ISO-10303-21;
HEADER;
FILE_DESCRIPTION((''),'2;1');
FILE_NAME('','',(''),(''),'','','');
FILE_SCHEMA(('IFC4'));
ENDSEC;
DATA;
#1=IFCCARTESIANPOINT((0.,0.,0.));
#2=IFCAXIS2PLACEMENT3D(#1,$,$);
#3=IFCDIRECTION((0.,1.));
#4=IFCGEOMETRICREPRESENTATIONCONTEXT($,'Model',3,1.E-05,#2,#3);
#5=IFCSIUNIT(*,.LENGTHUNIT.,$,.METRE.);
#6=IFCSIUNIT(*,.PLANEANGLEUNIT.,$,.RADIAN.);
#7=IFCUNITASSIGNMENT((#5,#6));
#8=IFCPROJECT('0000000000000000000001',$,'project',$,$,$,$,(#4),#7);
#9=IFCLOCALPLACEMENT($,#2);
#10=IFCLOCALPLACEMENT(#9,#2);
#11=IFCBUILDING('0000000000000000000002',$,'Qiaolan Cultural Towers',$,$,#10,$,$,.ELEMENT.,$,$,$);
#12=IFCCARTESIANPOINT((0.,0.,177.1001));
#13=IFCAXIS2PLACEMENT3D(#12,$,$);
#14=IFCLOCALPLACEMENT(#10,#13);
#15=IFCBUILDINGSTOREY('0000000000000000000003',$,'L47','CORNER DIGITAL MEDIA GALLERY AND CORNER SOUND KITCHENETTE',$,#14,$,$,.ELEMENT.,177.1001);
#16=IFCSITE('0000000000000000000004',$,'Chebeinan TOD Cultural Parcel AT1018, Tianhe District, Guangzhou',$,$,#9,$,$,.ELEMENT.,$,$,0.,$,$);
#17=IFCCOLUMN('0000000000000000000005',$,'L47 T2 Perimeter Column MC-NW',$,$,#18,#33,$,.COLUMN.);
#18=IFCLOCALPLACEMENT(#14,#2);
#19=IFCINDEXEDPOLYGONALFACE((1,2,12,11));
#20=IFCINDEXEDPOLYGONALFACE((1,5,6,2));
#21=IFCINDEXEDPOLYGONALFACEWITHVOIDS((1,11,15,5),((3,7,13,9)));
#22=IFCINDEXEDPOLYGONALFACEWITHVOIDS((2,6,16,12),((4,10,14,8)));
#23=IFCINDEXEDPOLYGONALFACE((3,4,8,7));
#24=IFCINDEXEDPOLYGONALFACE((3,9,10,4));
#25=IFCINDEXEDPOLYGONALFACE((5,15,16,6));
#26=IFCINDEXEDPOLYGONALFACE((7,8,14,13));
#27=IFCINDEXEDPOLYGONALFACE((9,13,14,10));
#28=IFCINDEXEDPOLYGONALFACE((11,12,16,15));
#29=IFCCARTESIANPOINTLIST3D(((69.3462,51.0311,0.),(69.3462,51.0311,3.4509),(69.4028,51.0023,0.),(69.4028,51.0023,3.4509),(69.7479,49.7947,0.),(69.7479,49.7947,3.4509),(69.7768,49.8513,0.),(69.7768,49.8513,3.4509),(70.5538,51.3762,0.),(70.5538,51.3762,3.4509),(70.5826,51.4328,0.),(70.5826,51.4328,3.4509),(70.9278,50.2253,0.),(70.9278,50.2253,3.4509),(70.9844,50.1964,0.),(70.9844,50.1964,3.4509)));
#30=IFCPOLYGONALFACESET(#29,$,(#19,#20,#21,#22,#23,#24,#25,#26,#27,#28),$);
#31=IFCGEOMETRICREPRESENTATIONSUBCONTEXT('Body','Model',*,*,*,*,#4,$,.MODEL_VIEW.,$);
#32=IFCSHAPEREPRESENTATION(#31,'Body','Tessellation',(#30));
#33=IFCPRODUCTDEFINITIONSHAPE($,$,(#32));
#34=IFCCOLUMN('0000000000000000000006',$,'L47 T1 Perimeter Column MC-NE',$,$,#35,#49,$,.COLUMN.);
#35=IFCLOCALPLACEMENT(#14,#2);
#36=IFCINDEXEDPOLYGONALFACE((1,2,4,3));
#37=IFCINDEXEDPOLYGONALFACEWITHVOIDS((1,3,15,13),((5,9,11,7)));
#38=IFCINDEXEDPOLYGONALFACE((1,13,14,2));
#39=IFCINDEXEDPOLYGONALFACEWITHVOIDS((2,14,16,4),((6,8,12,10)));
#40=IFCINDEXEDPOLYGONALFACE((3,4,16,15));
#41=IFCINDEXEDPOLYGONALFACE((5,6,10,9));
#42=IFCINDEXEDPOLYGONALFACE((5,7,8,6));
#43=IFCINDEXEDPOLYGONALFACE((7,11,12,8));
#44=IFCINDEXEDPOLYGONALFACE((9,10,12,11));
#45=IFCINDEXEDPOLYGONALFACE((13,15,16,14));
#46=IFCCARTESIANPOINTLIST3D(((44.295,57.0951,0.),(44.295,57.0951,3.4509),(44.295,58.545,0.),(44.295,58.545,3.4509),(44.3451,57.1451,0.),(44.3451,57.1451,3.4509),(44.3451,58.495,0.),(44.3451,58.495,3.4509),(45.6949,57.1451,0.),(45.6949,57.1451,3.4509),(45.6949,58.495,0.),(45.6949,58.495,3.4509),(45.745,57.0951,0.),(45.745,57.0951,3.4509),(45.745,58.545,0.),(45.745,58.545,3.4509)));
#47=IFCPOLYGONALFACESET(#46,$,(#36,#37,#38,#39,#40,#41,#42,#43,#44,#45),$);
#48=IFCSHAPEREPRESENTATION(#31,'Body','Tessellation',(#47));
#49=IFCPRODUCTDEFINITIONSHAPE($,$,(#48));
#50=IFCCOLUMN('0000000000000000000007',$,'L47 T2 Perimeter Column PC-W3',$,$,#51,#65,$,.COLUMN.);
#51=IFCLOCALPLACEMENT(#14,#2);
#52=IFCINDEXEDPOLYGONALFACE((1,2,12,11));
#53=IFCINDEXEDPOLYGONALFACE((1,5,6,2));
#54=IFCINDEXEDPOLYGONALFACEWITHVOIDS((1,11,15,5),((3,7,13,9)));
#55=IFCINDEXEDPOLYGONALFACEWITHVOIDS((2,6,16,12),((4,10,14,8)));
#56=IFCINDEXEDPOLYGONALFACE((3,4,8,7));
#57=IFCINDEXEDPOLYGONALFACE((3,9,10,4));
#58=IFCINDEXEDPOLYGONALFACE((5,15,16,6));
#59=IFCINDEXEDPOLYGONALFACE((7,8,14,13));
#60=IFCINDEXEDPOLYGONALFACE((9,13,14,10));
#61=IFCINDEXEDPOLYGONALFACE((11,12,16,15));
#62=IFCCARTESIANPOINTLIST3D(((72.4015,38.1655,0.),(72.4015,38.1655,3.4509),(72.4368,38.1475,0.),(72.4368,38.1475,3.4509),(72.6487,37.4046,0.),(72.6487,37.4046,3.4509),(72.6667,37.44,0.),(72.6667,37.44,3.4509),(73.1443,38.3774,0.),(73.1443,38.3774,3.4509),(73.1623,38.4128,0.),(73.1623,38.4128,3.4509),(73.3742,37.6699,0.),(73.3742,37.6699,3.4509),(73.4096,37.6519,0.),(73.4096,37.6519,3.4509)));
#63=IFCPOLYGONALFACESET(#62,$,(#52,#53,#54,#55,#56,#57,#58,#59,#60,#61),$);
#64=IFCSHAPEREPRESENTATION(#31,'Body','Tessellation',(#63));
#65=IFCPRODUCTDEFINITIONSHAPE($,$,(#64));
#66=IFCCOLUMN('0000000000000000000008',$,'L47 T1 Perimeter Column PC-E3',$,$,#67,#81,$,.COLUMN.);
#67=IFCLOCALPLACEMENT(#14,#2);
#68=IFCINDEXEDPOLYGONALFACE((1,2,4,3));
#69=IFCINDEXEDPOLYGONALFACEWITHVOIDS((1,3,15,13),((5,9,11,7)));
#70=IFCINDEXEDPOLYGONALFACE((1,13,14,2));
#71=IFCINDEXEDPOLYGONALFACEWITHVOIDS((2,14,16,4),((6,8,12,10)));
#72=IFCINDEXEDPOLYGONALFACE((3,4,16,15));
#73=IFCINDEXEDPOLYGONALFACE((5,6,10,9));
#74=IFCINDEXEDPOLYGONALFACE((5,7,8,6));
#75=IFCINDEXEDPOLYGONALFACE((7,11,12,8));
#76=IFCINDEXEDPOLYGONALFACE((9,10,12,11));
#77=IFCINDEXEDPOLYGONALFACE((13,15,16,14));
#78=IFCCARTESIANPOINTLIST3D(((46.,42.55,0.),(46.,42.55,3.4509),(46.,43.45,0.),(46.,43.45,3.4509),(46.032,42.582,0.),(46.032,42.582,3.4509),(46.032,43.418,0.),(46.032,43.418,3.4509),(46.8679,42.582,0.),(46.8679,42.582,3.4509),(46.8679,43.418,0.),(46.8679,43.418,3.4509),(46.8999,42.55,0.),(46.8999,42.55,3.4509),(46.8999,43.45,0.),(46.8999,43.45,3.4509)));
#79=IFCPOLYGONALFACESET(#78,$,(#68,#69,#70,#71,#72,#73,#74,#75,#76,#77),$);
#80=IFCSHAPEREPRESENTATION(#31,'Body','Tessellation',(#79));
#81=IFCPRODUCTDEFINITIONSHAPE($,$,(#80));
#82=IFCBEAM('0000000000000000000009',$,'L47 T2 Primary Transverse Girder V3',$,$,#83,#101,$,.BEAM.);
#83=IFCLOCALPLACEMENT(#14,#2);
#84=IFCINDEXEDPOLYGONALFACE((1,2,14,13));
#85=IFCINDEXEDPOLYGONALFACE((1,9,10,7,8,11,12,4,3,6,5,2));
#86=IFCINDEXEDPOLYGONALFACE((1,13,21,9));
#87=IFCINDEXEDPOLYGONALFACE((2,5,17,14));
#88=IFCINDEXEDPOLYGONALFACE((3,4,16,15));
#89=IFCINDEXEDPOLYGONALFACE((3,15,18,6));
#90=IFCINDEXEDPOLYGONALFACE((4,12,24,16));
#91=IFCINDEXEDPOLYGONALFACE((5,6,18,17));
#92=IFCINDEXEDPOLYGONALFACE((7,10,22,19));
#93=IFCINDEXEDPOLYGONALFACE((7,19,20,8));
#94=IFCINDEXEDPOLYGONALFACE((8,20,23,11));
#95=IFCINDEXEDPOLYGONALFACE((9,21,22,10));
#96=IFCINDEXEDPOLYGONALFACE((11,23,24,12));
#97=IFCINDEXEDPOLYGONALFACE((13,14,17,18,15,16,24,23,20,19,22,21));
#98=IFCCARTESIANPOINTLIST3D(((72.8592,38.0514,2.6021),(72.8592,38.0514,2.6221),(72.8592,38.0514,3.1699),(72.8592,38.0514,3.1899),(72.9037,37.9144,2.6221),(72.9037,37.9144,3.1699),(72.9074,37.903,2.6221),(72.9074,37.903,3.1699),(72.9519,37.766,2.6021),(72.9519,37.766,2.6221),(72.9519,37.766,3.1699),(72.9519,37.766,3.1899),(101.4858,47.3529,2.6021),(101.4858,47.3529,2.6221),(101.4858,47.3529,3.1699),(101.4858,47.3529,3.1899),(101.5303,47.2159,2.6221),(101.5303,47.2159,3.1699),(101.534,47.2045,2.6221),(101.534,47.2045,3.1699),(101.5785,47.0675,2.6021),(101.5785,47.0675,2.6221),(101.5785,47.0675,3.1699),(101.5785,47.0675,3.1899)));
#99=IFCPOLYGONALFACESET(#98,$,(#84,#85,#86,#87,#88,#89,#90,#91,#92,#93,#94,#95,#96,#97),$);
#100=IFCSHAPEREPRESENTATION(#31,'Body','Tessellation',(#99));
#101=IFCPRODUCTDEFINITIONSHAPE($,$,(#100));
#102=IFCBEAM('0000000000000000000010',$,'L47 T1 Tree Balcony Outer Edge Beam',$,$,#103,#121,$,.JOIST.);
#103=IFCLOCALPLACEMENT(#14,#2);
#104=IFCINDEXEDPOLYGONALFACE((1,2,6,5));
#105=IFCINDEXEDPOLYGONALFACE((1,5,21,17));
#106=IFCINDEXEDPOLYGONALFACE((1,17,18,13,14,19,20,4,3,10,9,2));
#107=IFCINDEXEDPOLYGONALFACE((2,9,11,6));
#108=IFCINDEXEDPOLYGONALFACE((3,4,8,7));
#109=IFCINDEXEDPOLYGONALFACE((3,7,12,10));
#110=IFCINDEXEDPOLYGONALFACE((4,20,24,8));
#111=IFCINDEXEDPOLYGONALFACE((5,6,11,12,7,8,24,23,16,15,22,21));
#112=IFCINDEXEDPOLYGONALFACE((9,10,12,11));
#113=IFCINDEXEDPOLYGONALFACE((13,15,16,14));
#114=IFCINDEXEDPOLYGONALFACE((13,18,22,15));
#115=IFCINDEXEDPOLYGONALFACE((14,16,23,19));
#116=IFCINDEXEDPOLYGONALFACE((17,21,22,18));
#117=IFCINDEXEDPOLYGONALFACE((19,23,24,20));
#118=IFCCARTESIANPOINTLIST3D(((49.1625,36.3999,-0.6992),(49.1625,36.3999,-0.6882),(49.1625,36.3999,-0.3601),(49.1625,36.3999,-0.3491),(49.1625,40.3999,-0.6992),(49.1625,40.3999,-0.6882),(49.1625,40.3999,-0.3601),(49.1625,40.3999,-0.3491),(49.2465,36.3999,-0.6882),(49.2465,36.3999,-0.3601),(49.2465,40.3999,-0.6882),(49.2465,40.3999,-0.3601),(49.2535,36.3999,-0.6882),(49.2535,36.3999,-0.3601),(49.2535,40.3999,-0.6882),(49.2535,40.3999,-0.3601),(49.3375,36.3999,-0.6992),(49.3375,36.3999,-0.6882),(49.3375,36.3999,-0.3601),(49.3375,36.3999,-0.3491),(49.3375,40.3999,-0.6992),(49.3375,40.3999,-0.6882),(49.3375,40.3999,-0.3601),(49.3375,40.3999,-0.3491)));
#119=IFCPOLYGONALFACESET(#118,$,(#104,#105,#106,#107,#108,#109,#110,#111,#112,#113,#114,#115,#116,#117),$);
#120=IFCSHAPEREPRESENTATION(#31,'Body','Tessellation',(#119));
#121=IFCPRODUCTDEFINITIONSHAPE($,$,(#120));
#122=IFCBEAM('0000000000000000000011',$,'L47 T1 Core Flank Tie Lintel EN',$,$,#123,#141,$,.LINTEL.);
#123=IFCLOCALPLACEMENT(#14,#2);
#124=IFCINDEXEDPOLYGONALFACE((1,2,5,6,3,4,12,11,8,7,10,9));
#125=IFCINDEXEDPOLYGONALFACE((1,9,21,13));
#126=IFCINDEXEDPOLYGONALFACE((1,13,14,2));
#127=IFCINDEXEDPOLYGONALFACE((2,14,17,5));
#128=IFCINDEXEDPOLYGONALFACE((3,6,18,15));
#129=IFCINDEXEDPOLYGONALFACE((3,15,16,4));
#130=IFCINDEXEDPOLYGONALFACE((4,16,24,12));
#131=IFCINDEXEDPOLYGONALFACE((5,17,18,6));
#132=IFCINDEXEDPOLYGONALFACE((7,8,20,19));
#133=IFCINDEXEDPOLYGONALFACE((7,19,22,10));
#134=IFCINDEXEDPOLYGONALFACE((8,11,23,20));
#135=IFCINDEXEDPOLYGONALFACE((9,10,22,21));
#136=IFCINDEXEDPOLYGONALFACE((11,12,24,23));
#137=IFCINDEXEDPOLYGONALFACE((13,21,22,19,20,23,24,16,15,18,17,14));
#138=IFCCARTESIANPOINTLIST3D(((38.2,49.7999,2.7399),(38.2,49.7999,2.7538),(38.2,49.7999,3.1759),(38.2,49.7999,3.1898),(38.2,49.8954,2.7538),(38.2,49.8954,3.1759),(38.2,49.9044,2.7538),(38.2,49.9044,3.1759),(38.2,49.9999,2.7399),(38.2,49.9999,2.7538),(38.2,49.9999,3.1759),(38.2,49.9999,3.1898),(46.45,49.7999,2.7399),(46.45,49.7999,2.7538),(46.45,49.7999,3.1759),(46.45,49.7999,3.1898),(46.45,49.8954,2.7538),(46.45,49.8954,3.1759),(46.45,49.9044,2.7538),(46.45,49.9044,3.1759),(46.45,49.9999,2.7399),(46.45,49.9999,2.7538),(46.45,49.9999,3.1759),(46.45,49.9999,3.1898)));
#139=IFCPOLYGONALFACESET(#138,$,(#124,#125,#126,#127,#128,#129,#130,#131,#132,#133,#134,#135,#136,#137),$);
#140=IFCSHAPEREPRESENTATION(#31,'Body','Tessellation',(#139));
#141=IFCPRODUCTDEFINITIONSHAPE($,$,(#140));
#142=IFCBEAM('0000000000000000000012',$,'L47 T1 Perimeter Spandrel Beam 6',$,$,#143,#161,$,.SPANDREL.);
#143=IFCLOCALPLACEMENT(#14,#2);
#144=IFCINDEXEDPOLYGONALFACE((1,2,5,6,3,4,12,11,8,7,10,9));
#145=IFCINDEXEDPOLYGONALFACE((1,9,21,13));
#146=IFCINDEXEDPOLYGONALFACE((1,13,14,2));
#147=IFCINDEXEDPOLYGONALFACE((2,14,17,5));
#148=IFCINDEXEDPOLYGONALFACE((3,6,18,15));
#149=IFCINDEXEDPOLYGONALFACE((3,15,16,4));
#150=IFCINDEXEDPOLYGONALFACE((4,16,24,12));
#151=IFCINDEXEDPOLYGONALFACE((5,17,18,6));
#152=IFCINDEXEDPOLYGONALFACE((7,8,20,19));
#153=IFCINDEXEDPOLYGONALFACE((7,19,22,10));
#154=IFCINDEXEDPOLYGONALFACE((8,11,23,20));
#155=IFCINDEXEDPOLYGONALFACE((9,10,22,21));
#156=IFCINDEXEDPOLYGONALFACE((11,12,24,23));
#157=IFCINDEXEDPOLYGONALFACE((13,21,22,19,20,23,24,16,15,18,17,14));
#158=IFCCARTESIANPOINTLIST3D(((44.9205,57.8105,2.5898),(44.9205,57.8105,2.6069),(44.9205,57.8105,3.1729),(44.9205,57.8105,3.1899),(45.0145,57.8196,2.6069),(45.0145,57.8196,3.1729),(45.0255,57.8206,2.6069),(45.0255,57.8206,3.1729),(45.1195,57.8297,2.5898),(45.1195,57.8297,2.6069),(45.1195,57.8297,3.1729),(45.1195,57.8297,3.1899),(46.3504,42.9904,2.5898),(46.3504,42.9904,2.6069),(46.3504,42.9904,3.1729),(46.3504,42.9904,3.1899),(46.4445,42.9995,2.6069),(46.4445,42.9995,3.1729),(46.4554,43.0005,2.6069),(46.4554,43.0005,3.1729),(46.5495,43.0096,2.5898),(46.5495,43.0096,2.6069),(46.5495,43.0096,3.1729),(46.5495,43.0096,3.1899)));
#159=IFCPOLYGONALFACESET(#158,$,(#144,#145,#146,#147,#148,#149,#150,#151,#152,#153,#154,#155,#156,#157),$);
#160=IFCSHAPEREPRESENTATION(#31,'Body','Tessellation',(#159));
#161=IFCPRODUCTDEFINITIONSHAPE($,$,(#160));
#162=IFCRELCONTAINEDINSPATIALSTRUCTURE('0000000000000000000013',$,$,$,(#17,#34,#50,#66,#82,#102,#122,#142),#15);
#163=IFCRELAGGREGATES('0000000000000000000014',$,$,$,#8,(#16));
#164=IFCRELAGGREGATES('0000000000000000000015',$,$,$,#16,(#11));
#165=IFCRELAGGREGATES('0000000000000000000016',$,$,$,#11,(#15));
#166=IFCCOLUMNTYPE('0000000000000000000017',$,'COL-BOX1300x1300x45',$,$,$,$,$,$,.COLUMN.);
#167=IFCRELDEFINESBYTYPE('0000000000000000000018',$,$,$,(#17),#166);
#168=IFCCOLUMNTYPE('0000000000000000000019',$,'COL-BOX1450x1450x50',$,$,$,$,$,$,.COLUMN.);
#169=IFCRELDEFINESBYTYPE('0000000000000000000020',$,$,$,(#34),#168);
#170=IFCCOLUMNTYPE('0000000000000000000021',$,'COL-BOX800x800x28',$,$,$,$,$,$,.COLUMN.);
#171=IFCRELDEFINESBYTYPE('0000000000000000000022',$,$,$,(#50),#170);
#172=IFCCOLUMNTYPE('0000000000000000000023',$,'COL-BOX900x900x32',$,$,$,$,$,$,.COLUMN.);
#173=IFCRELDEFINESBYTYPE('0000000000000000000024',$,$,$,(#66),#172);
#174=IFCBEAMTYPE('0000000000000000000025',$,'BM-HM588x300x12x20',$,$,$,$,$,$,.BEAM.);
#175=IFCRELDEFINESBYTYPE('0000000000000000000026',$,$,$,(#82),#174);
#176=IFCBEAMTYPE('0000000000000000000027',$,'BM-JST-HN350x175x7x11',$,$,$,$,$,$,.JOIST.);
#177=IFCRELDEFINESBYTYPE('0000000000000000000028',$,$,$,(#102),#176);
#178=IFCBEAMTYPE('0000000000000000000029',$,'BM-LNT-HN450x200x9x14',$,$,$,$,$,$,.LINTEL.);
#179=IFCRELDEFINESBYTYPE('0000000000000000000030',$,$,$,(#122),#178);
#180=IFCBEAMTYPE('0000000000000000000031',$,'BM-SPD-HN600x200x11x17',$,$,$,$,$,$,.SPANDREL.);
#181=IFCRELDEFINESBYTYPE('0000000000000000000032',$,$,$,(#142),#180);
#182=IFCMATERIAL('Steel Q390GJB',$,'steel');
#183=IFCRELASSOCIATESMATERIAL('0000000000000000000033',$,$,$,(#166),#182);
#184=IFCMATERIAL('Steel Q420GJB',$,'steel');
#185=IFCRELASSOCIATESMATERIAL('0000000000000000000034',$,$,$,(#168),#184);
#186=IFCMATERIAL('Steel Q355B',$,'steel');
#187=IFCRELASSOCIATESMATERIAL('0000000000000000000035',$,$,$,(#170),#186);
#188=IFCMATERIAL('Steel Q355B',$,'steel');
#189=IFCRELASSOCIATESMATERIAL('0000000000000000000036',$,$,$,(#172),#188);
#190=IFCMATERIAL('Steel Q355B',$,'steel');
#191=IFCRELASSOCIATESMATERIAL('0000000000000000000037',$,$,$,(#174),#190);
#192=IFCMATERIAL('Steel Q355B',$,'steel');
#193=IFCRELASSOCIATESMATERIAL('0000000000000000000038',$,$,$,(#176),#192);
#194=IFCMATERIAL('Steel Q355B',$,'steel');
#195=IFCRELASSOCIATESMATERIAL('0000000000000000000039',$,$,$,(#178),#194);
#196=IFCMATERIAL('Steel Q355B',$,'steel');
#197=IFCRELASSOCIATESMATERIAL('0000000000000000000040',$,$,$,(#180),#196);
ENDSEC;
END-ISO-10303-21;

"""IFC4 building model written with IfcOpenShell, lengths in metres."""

from ifc_helpers import new_model, si_unit, direction, frame, origin, origin_2d, place, context, subcontext, project, spatial, hollow_rectangle, i_section, extrude, material, material_profile, profile_set, type_object, element, save


model = new_model("IFC4")

# Units and contexts
model_context = context("Model", 3, precision=1e-05, world=origin(), true_north=direction((0.0, 1.0)))
body_context = subcontext(model_context, "Body", "Model", "MODEL_VIEW")
ifc_project = project(units=[si_unit("LENGTHUNIT", "METRE"), si_unit("PLANEANGLEUNIT", "RADIAN")], contexts=[model_context])

# Site, building, storey
site_placement = place(None, origin())
site = spatial("IfcSite", under=ifc_project, at=site_placement, Name="Chebeinan TOD Cultural Parcel AT1018, Tianhe District, Guangzhou", CompositionType="ELEMENT", RefElevation=0.0)
building_placement = place(site_placement, origin())
building = spatial("IfcBuilding", under=site, at=building_placement, Name="Qiaolan Cultural Towers", CompositionType="ELEMENT")
storey_placement = place(building_placement, frame((0.0, 0.0, 177.1001)))
storey = spatial("IfcBuildingStorey", under=building, at=storey_placement, Name="L47", Description="CORNER DIGITAL MEDIA GALLERY AND CORNER SOUND KITCHENETTE", CompositionType="ELEMENT", Elevation=177.1001)

# Columns
ifc_material_1 = material(Name="Steel Q390GJB", Category="steel")
ifc_material_profile_1 = material_profile(ifc_material_1, hollow_rectangle(XDim=1.3, YDim=1.3, WallThickness=0.0449, at=origin_2d()), Name="BOX1300x1300x45")
ifc_profile_set_1 = profile_set([ifc_material_profile_1], Name="Steel Q390GJB")
column_type_1 = type_object("IfcColumnType", Name="COL-BOX1300x1300x45", PredefinedType="COLUMN", material=ifc_profile_set_1)
column_1_placement = place(storey_placement, frame((70.1653, 50.6138, 0.0), z_axis=(0.0, 0.0, 1.0), x_axis=(0.951057, 0.309017, 0.0)))
element("IfcColumn", 1, at=column_1_placement, inside=storey, type_object=column_type_1, Name="L47 T2 Perimeter Column MC-NW", PredefinedType="COLUMN", context=body_context, shape_type="SweptSolid", body=[
    extrude(hollow_rectangle(XDim=1.3, YDim=1.3, WallThickness=0.0449, at=origin_2d()), origin(), (0.0, 0.0, 1.0), 3.4509),
])
ifc_material_2 = material(Name="Steel Q420GJB", Category="steel")
ifc_material_profile_2 = material_profile(ifc_material_2, hollow_rectangle(XDim=1.45, YDim=1.45, WallThickness=0.05, at=origin_2d()), Name="BOX1450x1450x50")
ifc_profile_set_2 = profile_set([ifc_material_profile_2], Name="Steel Q420GJB")
column_type_2 = type_object("IfcColumnType", Name="COL-BOX1450x1450x50", PredefinedType="COLUMN", material=ifc_profile_set_2)
column_2_placement = place(storey_placement, frame((45.02, 57.8201, 0.0), z_axis=(0.0, 0.0, 1.0), x_axis=(1.0, 0.0, 0.0)))
element("IfcColumn", 2, at=column_2_placement, inside=storey, type_object=column_type_2, Name="L47 T1 Perimeter Column MC-NE", PredefinedType="COLUMN", context=body_context, shape_type="SweptSolid", body=[
    extrude(hollow_rectangle(XDim=1.45, YDim=1.45, WallThickness=0.05, at=origin_2d()), origin(), (0.0, 0.0, 1.0), 3.4509),
])
ifc_material_3 = material(Name="Steel Q355B", Category="steel")
ifc_material_profile_3 = material_profile(ifc_material_3, hollow_rectangle(XDim=0.8, YDim=0.8, WallThickness=0.0281, at=origin_2d()), Name="BOX800x800x28")
ifc_profile_set_3 = profile_set([ifc_material_profile_3], Name="Steel Q355B")
column_type_3 = type_object("IfcColumnType", Name="COL-BOX800x800x28", PredefinedType="COLUMN", material=ifc_profile_set_3)
column_3_placement = place(storey_placement, frame((72.9055, 37.9087, 0.0), z_axis=(0.0, 0.0, 1.0), x_axis=(0.951057, 0.309017, 0.0)))
element("IfcColumn", 3, at=column_3_placement, inside=storey, type_object=column_type_3, Name="L47 T2 Perimeter Column PC-W3", PredefinedType="COLUMN", context=body_context, shape_type="SweptSolid", body=[
    extrude(hollow_rectangle(XDim=0.8, YDim=0.8, WallThickness=0.0281, at=origin_2d()), origin(), (0.0, 0.0, 1.0), 3.4509),
])
ifc_material_4 = material(Name="Steel Q355B", Category="steel")
ifc_material_profile_4 = material_profile(ifc_material_4, hollow_rectangle(XDim=0.8999, YDim=0.8999, WallThickness=0.032, at=origin_2d()), Name="BOX900x900x32")
ifc_profile_set_4 = profile_set([ifc_material_profile_4], Name="Steel Q355B")
column_type_4 = type_object("IfcColumnType", Name="COL-BOX900x900x32", PredefinedType="COLUMN", material=ifc_profile_set_4)
column_4_placement = place(storey_placement, frame((46.45, 43.0, 0.0), z_axis=(0.0, 0.0, 1.0), x_axis=(1.0, 0.0, 0.0)))
element("IfcColumn", 4, at=column_4_placement, inside=storey, type_object=column_type_4, Name="L47 T1 Perimeter Column PC-E3", PredefinedType="COLUMN", context=body_context, shape_type="SweptSolid", body=[
    extrude(hollow_rectangle(XDim=0.8999, YDim=0.8999, WallThickness=0.032, at=origin_2d()), origin(), (0.0, 0.0, 1.0), 3.4509),
])

# Beams
ifc_material_5 = material(Name="Steel Q355B", Category="steel")
ifc_material_profile_5 = material_profile(ifc_material_5, i_section(OverallWidth=0.3, OverallDepth=0.5879, WebThickness=0.012, FlangeThickness=0.02, at=origin_2d()), Name="HM588x300x12x20")
ifc_profile_set_5 = profile_set([ifc_material_profile_5], Name="Steel Q355B")
beam_type_1 = type_object("IfcBeamType", Name="BM-HM588x300x12x20", PredefinedType="BEAM", material=ifc_profile_set_5)
beam_1_placement = place(storey_placement, frame((72.9055, 37.9087, 2.896), z_axis=(0.951055, 0.309021, 0.0), x_axis=(-0.309021, 0.951055, 0.0)))
element("IfcBeam", 5, at=beam_1_placement, inside=storey, type_object=beam_type_1, Name="L47 T2 Primary Transverse Girder V3", PredefinedType="BEAM", context=body_context, shape_type="SweptSolid", body=[
    extrude(i_section(OverallWidth=0.3, OverallDepth=0.5879, WebThickness=0.012, FlangeThickness=0.02, at=origin_2d()), origin(), (0.0, 0.0, 1.0), 30.0999),
])
ifc_material_6 = material(Name="Steel Q355B", Category="steel")
ifc_material_profile_6 = material_profile(ifc_material_6, i_section(OverallWidth=0.175, OverallDepth=0.3501, WebThickness=0.0071, FlangeThickness=0.011, at=origin_2d()), Name="HN350x175x7x11")
ifc_profile_set_6 = profile_set([ifc_material_profile_6], Name="Steel Q355B")
beam_type_2 = type_object("IfcBeamType", Name="BM-JST-HN350x175x7x11", PredefinedType="JOIST", material=ifc_profile_set_6)
beam_2_placement = place(storey_placement, frame((49.25, 36.3999, -0.5242), z_axis=(0.0, 1.0, 0.0), x_axis=(-1.0, 0.0, 0.0)))
element("IfcBeam", 6, at=beam_2_placement, inside=storey, type_object=beam_type_2, Name="L47 T1 Tree Balcony Outer Edge Beam", PredefinedType="JOIST", context=body_context, shape_type="SweptSolid", body=[
    extrude(i_section(OverallWidth=0.175, OverallDepth=0.3501, WebThickness=0.0071, FlangeThickness=0.011, at=origin_2d()), origin(), (0.0, 0.0, 1.0), 4.0),
])
ifc_material_7 = material(Name="Steel Q355B", Category="steel")
ifc_material_profile_7 = material_profile(ifc_material_7, i_section(OverallWidth=0.2, OverallDepth=0.45, WebThickness=0.009, FlangeThickness=0.0139, at=origin_2d()), Name="HN450x200x9x14")
ifc_profile_set_7 = profile_set([ifc_material_profile_7], Name="Steel Q355B")
beam_type_3 = type_object("IfcBeamType", Name="BM-LNT-HN450x200x9x14", PredefinedType="LINTEL", material=ifc_profile_set_7)
beam_3_placement = place(storey_placement, frame((38.2, 49.8999, 2.9648), z_axis=(1.0, 0.0, 0.0), x_axis=(0.0, 1.0, 0.0)))
element("IfcBeam", 7, at=beam_3_placement, inside=storey, type_object=beam_type_3, Name="L47 T1 Core Flank Tie Lintel EN", PredefinedType="LINTEL", context=body_context, shape_type="SweptSolid", body=[
    extrude(i_section(OverallWidth=0.2, OverallDepth=0.45, WebThickness=0.009, FlangeThickness=0.0139, at=origin_2d()), origin(), (0.0, 0.0, 1.0), 8.25),
])
ifc_material_8 = material(Name="Steel Q355B", Category="steel")
ifc_material_profile_8 = material_profile(ifc_material_8, i_section(OverallWidth=0.2, OverallDepth=0.6001, WebThickness=0.011, FlangeThickness=0.0171, at=origin_2d()), Name="HN600x200x11x17")
ifc_profile_set_8 = profile_set([ifc_material_profile_8], Name="Steel Q355B")
beam_type_4 = type_object("IfcBeamType", Name="BM-SPD-HN600x200x11x17", PredefinedType="SPANDREL", material=ifc_profile_set_8)
beam_4_placement = place(storey_placement, frame((46.45, 43.0, 2.8899), z_axis=(-0.09604, 0.995377, 0.0), x_axis=(-0.995377, -0.09604, 0.0)))
element("IfcBeam", 8, at=beam_4_placement, inside=storey, type_object=beam_type_4, Name="L47 T1 Perimeter Spandrel Beam 6", PredefinedType="SPANDREL", context=body_context, shape_type="SweptSolid", body=[
    extrude(i_section(OverallWidth=0.2, OverallDepth=0.6001, WebThickness=0.011, FlangeThickness=0.0171, at=origin_2d()), origin(), (0.0, 0.0, 1.0), 14.8889),
])

save(model, "model.ifc")
